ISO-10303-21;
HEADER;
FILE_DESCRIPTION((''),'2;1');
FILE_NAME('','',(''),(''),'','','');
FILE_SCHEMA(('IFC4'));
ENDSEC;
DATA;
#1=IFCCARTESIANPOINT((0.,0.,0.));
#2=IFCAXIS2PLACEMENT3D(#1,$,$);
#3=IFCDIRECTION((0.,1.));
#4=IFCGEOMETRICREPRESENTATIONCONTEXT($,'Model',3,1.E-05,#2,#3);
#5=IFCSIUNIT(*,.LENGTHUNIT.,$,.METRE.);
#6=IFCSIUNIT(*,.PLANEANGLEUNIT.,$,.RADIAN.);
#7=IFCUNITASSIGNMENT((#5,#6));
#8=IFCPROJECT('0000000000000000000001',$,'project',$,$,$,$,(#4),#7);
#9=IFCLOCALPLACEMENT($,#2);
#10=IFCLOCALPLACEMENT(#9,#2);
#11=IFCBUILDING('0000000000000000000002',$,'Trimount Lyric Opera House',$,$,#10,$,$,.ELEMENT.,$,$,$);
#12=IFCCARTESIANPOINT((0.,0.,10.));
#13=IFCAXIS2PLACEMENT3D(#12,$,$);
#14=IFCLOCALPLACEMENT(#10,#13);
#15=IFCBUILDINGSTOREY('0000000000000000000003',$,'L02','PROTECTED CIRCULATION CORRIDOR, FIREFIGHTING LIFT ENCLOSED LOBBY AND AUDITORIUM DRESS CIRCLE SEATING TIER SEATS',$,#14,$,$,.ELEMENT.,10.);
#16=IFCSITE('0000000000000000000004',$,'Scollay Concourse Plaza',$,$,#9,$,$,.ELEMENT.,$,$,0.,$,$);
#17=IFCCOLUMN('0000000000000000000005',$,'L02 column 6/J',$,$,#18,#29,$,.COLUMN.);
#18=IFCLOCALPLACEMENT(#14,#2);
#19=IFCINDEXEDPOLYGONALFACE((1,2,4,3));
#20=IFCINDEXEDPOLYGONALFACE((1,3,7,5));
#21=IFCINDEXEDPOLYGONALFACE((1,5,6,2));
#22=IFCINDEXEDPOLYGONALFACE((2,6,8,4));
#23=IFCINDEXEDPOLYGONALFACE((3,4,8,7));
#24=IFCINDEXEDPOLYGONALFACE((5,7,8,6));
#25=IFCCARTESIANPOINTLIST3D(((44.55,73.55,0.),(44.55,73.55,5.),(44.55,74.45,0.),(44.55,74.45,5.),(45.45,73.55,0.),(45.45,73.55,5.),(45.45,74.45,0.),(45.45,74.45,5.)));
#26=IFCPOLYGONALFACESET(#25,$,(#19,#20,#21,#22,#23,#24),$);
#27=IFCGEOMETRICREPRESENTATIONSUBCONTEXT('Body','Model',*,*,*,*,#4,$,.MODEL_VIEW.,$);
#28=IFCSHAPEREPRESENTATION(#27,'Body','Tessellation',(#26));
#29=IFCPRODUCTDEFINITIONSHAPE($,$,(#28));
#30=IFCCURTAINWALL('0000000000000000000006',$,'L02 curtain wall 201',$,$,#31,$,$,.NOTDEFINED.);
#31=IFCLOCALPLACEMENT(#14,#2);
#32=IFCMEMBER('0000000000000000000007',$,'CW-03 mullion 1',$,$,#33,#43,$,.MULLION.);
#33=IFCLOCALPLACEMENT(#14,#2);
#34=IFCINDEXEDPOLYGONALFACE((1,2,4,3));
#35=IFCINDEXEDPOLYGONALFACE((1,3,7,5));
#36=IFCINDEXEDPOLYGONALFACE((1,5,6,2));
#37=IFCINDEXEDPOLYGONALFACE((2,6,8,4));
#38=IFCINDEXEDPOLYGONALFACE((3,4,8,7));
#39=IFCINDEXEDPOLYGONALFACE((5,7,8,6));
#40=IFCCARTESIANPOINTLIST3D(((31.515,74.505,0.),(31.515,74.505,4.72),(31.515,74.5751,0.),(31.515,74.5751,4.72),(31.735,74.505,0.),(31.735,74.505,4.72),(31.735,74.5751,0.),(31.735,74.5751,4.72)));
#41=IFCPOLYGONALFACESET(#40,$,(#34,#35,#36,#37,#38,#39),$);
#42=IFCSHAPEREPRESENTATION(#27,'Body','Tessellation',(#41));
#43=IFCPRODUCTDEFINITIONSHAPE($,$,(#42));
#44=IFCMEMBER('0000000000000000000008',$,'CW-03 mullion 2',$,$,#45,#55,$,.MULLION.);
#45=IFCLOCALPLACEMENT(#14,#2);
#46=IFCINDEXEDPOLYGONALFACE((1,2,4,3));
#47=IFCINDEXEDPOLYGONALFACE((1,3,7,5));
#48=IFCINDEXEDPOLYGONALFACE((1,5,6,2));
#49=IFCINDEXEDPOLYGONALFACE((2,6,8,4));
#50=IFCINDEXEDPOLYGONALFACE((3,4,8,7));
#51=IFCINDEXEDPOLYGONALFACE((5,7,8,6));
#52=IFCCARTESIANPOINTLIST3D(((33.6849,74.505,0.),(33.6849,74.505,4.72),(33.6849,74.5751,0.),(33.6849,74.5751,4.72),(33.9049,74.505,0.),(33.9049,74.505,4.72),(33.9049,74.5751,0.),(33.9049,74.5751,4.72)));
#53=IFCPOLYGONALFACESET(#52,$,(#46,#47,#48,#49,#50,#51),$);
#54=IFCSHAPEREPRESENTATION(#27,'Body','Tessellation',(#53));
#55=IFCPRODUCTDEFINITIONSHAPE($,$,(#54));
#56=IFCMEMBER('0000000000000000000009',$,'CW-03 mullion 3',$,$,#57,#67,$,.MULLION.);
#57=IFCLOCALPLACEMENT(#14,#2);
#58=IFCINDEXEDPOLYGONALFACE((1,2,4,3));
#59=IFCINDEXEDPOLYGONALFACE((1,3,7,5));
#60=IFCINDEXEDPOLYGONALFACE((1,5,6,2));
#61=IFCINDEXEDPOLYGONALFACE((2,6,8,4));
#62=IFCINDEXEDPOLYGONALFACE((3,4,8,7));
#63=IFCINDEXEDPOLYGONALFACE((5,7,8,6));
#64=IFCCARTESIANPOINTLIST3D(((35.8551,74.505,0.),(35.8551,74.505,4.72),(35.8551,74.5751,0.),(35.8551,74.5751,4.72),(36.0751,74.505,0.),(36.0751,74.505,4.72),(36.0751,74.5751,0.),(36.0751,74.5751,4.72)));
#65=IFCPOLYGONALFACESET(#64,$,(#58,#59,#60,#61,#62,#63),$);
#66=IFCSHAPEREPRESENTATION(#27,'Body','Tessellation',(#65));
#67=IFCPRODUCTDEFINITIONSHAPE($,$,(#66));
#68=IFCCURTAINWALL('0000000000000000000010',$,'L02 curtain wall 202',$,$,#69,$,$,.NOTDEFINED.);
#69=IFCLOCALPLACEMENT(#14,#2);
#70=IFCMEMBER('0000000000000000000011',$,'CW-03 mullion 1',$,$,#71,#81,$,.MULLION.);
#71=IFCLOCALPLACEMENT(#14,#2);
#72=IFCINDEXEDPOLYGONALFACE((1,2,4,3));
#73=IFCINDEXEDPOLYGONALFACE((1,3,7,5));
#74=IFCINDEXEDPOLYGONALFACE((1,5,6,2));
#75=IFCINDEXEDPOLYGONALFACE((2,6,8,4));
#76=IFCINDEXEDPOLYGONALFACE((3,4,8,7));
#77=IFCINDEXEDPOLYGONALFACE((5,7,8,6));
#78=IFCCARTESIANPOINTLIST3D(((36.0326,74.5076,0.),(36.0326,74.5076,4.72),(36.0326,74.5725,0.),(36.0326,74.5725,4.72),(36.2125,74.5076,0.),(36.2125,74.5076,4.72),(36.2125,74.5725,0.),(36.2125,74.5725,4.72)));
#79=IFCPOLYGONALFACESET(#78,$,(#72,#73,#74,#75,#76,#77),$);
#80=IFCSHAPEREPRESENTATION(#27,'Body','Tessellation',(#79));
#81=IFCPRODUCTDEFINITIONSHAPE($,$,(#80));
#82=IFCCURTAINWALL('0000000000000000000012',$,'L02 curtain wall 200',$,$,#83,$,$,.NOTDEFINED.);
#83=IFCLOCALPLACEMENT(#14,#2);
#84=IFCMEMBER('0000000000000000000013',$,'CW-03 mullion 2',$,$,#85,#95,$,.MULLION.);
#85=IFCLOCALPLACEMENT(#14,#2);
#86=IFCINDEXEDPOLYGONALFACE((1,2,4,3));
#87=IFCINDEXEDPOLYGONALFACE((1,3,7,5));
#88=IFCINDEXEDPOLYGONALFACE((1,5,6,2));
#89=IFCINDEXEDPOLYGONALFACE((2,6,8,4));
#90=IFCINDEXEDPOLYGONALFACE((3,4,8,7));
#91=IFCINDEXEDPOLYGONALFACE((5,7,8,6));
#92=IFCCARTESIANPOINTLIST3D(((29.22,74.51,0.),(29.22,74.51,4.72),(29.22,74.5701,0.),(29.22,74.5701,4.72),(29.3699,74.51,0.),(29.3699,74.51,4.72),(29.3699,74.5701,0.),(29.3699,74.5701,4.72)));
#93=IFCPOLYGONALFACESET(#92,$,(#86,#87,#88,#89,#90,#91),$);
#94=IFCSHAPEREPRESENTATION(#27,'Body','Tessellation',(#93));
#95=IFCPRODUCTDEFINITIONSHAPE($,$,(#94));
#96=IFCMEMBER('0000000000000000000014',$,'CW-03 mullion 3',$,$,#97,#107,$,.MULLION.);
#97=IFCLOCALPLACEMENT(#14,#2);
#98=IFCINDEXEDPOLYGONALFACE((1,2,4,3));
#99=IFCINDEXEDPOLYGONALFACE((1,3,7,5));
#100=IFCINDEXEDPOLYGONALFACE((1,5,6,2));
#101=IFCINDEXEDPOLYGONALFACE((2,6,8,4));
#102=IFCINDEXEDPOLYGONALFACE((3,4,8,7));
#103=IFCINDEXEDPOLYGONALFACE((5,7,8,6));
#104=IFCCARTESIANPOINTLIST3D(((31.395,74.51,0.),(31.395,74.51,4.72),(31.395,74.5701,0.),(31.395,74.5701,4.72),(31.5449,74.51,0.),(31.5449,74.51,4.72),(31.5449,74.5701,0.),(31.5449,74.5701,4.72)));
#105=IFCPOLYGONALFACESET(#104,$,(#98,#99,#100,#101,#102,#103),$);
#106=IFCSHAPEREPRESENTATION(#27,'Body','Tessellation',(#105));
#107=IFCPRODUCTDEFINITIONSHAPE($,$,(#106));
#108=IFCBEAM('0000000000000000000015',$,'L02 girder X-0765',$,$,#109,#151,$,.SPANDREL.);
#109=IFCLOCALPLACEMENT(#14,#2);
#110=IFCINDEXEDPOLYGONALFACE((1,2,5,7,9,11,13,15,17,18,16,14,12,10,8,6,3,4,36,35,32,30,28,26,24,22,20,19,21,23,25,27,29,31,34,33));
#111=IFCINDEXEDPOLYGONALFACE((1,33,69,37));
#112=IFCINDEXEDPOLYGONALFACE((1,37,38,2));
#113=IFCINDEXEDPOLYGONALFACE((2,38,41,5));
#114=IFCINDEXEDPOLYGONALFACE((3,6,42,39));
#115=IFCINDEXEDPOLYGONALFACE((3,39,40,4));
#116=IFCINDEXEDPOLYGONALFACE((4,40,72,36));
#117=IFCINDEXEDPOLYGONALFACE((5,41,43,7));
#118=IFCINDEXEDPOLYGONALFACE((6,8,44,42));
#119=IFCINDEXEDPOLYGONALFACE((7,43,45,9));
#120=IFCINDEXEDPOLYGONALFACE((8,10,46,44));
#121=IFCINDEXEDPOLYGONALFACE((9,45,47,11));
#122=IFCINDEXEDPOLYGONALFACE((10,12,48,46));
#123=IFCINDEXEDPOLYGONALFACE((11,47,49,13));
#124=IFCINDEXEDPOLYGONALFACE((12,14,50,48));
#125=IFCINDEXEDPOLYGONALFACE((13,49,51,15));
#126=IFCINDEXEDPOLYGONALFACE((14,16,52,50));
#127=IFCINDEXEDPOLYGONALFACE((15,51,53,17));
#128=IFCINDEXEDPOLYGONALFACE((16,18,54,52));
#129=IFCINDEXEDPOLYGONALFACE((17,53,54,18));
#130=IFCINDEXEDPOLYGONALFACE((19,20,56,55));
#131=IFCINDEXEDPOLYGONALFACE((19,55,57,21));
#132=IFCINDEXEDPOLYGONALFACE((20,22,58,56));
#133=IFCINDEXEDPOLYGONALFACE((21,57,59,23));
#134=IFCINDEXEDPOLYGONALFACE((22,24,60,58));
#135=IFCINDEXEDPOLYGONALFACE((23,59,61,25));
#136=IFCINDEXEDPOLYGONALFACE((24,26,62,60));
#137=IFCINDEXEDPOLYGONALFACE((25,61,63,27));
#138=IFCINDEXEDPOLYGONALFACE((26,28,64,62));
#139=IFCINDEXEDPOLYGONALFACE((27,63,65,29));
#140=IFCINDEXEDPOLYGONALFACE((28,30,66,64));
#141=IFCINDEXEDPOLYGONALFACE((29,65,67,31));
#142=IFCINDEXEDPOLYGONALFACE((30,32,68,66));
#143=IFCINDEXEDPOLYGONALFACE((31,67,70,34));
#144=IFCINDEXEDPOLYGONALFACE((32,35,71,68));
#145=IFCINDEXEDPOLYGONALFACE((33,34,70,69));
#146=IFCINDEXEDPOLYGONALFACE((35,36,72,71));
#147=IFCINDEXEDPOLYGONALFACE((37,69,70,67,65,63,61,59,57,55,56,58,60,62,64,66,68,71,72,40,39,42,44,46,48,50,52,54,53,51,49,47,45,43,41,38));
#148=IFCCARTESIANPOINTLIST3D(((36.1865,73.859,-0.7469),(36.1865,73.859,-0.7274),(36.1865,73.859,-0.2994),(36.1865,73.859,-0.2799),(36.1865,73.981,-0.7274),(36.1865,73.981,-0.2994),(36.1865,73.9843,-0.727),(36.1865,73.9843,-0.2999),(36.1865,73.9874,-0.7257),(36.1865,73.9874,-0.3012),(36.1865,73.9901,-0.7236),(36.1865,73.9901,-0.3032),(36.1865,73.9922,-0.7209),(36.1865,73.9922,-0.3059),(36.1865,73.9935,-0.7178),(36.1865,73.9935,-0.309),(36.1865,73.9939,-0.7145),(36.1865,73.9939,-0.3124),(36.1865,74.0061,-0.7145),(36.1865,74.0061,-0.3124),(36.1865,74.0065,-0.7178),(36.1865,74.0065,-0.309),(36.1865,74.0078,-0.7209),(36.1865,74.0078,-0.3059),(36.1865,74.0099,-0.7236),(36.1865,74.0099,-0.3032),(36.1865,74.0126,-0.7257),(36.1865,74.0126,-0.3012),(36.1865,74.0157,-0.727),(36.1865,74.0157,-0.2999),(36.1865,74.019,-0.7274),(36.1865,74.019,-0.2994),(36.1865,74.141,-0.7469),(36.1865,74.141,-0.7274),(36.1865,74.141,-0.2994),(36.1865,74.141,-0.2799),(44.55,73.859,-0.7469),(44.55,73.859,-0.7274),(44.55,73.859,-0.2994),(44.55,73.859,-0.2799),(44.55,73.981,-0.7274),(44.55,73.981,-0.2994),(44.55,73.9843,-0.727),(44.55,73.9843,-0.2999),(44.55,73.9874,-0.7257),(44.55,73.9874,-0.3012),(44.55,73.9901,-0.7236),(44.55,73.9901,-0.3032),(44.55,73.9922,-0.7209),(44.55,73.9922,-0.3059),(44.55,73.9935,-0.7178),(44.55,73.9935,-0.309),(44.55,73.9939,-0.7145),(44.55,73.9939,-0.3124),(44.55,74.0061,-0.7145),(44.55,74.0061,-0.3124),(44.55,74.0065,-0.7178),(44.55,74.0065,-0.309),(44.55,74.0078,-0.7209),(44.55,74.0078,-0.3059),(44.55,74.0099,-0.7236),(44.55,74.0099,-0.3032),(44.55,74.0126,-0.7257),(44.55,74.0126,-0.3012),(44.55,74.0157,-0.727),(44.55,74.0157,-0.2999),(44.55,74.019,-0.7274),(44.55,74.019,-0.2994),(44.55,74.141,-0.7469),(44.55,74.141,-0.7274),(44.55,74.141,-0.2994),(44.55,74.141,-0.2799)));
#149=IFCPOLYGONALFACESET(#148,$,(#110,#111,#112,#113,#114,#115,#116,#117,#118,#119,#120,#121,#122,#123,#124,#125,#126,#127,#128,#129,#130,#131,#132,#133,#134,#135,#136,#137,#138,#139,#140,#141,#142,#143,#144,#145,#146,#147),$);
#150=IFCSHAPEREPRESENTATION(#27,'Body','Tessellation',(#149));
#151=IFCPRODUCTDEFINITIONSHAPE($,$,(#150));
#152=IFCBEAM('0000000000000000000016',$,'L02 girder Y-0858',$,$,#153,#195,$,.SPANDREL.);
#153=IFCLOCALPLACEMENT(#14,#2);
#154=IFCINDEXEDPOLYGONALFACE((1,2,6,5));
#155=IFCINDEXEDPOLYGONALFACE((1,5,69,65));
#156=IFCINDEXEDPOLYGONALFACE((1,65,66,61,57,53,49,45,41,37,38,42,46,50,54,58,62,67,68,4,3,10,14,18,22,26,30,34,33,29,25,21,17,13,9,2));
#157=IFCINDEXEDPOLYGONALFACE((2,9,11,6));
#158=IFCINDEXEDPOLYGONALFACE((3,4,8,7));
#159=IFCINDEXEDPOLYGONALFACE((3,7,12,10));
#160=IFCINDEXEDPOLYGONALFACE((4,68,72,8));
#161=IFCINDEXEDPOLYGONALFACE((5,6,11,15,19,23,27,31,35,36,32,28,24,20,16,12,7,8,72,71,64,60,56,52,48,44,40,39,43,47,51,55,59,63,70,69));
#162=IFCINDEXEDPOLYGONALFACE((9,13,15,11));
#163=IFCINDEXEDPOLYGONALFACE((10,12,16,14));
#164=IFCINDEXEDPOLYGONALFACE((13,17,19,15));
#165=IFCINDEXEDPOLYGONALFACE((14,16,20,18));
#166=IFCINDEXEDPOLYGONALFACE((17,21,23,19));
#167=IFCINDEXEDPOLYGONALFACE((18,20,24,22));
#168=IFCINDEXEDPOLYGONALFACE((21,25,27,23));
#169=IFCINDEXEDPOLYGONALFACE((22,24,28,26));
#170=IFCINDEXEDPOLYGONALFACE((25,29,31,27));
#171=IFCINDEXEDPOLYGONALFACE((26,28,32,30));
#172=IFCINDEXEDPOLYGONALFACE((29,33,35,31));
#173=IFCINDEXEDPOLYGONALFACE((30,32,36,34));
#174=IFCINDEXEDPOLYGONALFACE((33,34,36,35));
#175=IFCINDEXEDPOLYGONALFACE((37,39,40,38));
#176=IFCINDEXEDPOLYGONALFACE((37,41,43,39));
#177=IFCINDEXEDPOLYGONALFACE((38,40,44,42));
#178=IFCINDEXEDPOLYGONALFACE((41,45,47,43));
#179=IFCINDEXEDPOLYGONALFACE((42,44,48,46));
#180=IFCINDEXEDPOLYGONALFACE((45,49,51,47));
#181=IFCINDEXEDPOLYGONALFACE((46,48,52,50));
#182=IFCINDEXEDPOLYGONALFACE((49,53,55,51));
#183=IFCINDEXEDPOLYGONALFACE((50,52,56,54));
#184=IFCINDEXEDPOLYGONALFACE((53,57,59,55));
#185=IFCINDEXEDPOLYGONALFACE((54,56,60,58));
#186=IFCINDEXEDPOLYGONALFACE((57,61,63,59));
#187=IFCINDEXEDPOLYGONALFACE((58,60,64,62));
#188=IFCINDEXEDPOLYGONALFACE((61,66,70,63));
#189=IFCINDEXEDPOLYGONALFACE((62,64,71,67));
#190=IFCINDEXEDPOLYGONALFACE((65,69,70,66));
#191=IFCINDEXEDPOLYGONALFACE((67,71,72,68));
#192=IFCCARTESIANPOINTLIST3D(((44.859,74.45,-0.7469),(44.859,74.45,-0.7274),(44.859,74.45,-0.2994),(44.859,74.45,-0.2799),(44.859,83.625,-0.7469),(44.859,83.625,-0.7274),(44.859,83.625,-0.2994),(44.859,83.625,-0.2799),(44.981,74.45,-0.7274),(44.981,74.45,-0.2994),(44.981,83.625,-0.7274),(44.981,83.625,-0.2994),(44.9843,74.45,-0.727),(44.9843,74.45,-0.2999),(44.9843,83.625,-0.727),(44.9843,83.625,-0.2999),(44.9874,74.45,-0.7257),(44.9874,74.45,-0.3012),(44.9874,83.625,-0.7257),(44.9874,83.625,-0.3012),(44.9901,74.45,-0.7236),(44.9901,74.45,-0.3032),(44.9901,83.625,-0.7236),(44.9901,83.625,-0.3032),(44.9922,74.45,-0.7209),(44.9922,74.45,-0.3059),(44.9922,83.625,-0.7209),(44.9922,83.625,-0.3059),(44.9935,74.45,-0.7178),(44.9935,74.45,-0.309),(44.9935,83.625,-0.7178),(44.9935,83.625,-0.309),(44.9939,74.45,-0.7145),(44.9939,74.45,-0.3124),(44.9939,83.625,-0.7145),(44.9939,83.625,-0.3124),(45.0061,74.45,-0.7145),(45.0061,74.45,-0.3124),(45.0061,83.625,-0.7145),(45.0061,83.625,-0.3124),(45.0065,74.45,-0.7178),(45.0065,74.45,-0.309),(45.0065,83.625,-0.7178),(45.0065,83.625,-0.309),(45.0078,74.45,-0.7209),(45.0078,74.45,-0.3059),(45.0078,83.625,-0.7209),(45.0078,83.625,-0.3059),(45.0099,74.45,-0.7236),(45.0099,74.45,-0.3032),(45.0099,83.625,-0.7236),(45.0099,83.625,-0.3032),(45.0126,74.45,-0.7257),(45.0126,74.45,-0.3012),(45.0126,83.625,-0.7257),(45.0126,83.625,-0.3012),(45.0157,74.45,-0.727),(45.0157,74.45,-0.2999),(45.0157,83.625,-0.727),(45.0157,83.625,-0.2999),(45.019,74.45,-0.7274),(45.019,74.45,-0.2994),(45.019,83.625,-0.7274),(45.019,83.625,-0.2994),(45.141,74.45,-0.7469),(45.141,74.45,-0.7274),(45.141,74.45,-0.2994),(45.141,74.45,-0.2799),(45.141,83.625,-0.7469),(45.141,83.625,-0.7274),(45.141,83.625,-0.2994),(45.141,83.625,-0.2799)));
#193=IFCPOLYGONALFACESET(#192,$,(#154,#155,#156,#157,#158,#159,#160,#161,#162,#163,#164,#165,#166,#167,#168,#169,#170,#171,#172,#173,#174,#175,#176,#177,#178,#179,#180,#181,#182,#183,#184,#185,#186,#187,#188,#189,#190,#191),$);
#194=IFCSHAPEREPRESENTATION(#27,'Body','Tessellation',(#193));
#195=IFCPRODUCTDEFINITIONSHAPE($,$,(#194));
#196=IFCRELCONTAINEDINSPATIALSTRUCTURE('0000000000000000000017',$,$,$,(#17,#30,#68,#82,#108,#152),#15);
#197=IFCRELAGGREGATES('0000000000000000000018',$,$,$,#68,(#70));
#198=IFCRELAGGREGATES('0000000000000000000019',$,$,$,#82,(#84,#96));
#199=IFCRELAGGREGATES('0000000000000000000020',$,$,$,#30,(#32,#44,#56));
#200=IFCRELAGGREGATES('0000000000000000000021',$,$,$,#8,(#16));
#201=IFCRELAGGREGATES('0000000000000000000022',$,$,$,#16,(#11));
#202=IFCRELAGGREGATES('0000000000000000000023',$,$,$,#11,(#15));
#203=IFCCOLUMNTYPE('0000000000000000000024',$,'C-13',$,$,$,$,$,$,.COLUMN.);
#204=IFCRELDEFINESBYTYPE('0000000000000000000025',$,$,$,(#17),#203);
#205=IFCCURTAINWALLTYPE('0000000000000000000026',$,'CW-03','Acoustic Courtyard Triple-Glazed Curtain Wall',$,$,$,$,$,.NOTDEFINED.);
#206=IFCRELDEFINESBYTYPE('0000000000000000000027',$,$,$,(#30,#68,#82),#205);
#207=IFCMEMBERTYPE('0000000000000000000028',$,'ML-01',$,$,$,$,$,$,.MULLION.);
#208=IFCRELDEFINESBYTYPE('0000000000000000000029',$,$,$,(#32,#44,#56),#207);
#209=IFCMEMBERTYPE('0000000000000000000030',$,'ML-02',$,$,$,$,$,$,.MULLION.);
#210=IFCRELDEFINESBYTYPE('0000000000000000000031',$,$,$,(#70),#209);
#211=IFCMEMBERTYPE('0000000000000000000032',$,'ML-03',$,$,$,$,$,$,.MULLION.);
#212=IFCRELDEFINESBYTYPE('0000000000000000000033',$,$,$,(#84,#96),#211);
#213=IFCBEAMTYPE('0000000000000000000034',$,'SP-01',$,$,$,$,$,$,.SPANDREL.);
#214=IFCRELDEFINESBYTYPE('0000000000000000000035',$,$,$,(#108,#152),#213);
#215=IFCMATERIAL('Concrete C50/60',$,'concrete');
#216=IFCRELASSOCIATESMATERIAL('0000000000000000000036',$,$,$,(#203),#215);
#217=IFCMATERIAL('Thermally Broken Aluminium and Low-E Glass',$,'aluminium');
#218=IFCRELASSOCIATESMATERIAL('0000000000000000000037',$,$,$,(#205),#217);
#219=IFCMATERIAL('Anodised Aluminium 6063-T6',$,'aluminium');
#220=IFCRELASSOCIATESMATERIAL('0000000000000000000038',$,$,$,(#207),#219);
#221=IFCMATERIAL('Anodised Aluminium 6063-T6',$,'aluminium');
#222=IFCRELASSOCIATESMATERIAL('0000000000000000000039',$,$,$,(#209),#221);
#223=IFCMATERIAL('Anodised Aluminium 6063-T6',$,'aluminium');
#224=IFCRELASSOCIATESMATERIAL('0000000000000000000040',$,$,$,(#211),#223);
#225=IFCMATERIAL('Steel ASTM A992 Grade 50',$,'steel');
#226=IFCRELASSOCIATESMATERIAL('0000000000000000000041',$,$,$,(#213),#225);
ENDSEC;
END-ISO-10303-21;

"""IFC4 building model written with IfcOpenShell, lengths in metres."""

from ifc_helpers import new_model, si_unit, direction, frame, origin, origin_2d, place, context, subcontext, project, spatial, rectangle, i_section, extrude, material, material_profile, profile_set, type_object, element, aggregate, save


model = new_model("IFC4")

# Units and contexts
model_context = context("Model", 3, precision=1e-05, world=origin(), true_north=direction((0.0, 1.0)))
body_context = subcontext(model_context, "Body", "Model", "MODEL_VIEW")
ifc_project = project(units=[si_unit("LENGTHUNIT", "METRE"), si_unit("PLANEANGLEUNIT", "RADIAN")], contexts=[model_context])

# Site, building, storey
site_placement = place(None, origin())
site = spatial("IfcSite", under=ifc_project, at=site_placement, Name="Scollay Concourse Plaza", CompositionType="ELEMENT", RefElevation=0.0)
building_placement = place(site_placement, origin())
building = spatial("IfcBuilding", under=site, at=building_placement, Name="Trimount Lyric Opera House", CompositionType="ELEMENT")
storey_placement = place(building_placement, frame((0.0, 0.0, 10.0)))
storey = spatial("IfcBuildingStorey", under=building, at=storey_placement, Name="L02", Description="PROTECTED CIRCULATION CORRIDOR, FIREFIGHTING LIFT ENCLOSED LOBBY AND AUDITORIUM DRESS CIRCLE SEATING TIER SEATS", CompositionType="ELEMENT", Elevation=10.0)

# Column
ifc_material_1 = material(Name="Concrete C50/60", Category="concrete")
ifc_material_profile_1 = material_profile(ifc_material_1, rectangle(XDim=0.8999, YDim=0.8999, at=origin_2d()), Name="RC900X900")
ifc_profile_set_1 = profile_set([ifc_material_profile_1], Name="Concrete C50/60")
column_type = type_object("IfcColumnType", Name="C-13", PredefinedType="COLUMN", material=ifc_profile_set_1)
column_placement = place(storey_placement, frame((45.0, 74.0, 0.0), z_axis=(0.0, 0.0, 1.0), x_axis=(1.0, 0.0, 0.0)))
element("IfcColumn", 1, at=column_placement, inside=storey, type_object=column_type, Name="L02 column 6/J", PredefinedType="COLUMN", context=body_context, shape_type="SweptSolid", body=[
    extrude(rectangle(XDim=0.8999, YDim=0.8999, at=origin_2d()), origin(), (0.0, 0.0, 1.0), 5.0),
])

# Curtain wall, members
ifc_material_2 = material(Name="Thermally Broken Aluminium and Low-E Glass", Category="aluminium")
curtain_wall_type = type_object("IfcCurtainWallType", Name="CW-03", Description="Acoustic Courtyard Triple-Glazed Curtain Wall", PredefinedType="NOTDEFINED", material=ifc_material_2)
curtain_wall_1_placement = place(storey_placement, origin())
curtain_wall_1 = element("IfcCurtainWall", 2, at=curtain_wall_1_placement, inside=storey, type_object=curtain_wall_type, Name="L02 curtain wall 201", PredefinedType="NOTDEFINED")
ifc_material_3 = material(Name="Anodised Aluminium 6063-T6", Category="aluminium")
ifc_material_profile_2 = material_profile(ifc_material_3, rectangle(XDim=0.0701, YDim=0.22, at=origin_2d()), Name="ALU-MULL-70X220")
ifc_profile_set_2 = profile_set([ifc_material_profile_2], Name="Anodised Aluminium 6063-T6")
member_type_1 = type_object("IfcMemberType", Name="ML-01", PredefinedType="MULLION", material=ifc_profile_set_2)
member_1_placement = place(storey_placement, frame((31.625, 74.54, 0.0), z_axis=(0.0, 0.0, 1.0), x_axis=(0.0, 1.0, 0.0)))
member_1 = element("IfcMember", 3, at=member_1_placement, type_object=member_type_1, Name="CW-03 mullion 1", PredefinedType="MULLION", context=body_context, shape_type="SweptSolid", body=[
    extrude(rectangle(XDim=0.0701, YDim=0.22, at=origin_2d()), origin(), (0.0, 0.0, 1.0), 4.72),
])
member_2_placement = place(storey_placement, frame((33.7949, 74.54, 0.0), z_axis=(0.0, 0.0, 1.0), x_axis=(0.0, 1.0, 0.0)))
member_2 = element("IfcMember", 4, at=member_2_placement, type_object=member_type_1, Name="CW-03 mullion 2", PredefinedType="MULLION", context=body_context, shape_type="SweptSolid", body=[
    extrude(rectangle(XDim=0.0701, YDim=0.22, at=origin_2d()), origin(), (0.0, 0.0, 1.0), 4.72),
])
member_3_placement = place(storey_placement, frame((35.9651, 74.54, 0.0), z_axis=(0.0, 0.0, 1.0), x_axis=(0.0, 1.0, 0.0)))
member_3 = element("IfcMember", 5, at=member_3_placement, type_object=member_type_1, Name="CW-03 mullion 3", PredefinedType="MULLION", context=body_context, shape_type="SweptSolid", body=[
    extrude(rectangle(XDim=0.0701, YDim=0.22, at=origin_2d()), origin(), (0.0, 0.0, 1.0), 4.72),
])

# Curtain wall, member
curtain_wall_2_placement = place(storey_placement, origin())
curtain_wall_2 = element("IfcCurtainWall", 6, at=curtain_wall_2_placement, inside=storey, type_object=curtain_wall_type, Name="L02 curtain wall 202", PredefinedType="NOTDEFINED")
ifc_material_4 = material(Name="Anodised Aluminium 6063-T6", Category="aluminium")
ifc_material_profile_3 = material_profile(ifc_material_4, rectangle(XDim=0.0649, YDim=0.1799, at=origin_2d()), Name="ALU-MULL-65X180")
ifc_profile_set_3 = profile_set([ifc_material_profile_3], Name="Anodised Aluminium 6063-T6")
member_type_2 = type_object("IfcMemberType", Name="ML-02", PredefinedType="MULLION", material=ifc_profile_set_3)
member_4_placement = place(storey_placement, frame((36.1226, 74.54, 0.0), z_axis=(0.0, 0.0, 1.0), x_axis=(0.0, 1.0, 0.0)))
member_4 = element("IfcMember", 7, at=member_4_placement, type_object=member_type_2, Name="CW-03 mullion 1", PredefinedType="MULLION", context=body_context, shape_type="SweptSolid", body=[
    extrude(rectangle(XDim=0.0649, YDim=0.1799, at=origin_2d()), origin(), (0.0, 0.0, 1.0), 4.72),
])

# Curtain wall, members
curtain_wall_3_placement = place(storey_placement, origin())
curtain_wall_3 = element("IfcCurtainWall", 8, at=curtain_wall_3_placement, inside=storey, type_object=curtain_wall_type, Name="L02 curtain wall 200", PredefinedType="NOTDEFINED")
ifc_material_5 = material(Name="Anodised Aluminium 6063-T6", Category="aluminium")
ifc_material_profile_4 = material_profile(ifc_material_5, rectangle(XDim=0.0601, YDim=0.1499, at=origin_2d()), Name="ALU-MULL-60X150")
ifc_profile_set_4 = profile_set([ifc_material_profile_4], Name="Anodised Aluminium 6063-T6")
member_type_3 = type_object("IfcMemberType", Name="ML-03", PredefinedType="MULLION", material=ifc_profile_set_4)
member_5_placement = place(storey_placement, frame((29.2949, 74.54, 0.0), z_axis=(0.0, 0.0, 1.0), x_axis=(0.0, 1.0, 0.0)))
member_5 = element("IfcMember", 9, at=member_5_placement, type_object=member_type_3, Name="CW-03 mullion 2", PredefinedType="MULLION", context=body_context, shape_type="SweptSolid", body=[
    extrude(rectangle(XDim=0.0601, YDim=0.1499, at=origin_2d()), origin(), (0.0, 0.0, 1.0), 4.72),
])
member_6_placement = place(storey_placement, frame((31.47, 74.54, 0.0), z_axis=(0.0, 0.0, 1.0), x_axis=(0.0, 1.0, 0.0)))
member_6 = element("IfcMember", 10, at=member_6_placement, type_object=member_type_3, Name="CW-03 mullion 3", PredefinedType="MULLION", context=body_context, shape_type="SweptSolid", body=[
    extrude(rectangle(XDim=0.0601, YDim=0.1499, at=origin_2d()), origin(), (0.0, 0.0, 1.0), 4.72),
])

# Beams
ifc_material_6 = material(Name="Steel ASTM A992 Grade 50", Category="steel")
ifc_material_profile_5 = material_profile(ifc_material_6, i_section(OverallWidth=0.282, OverallDepth=0.467, WebThickness=0.0122, FlangeThickness=0.0195, FilletRadius=0.0129, at=origin_2d()), Name="W18X86")
ifc_profile_set_5 = profile_set([ifc_material_profile_5], Name="Steel ASTM A992 Grade 50")
beam_type = type_object("IfcBeamType", Name="SP-01", PredefinedType="SPANDREL", material=ifc_profile_set_5)
beam_1_placement = place(storey_placement, frame((36.1865, 74.0, -0.5134), z_axis=(1.0, 0.0, 0.0), x_axis=(0.0, 1.0, 0.0)))
element("IfcBeam", 11, at=beam_1_placement, inside=storey, type_object=beam_type, Name="L02 girder X-0765", PredefinedType="SPANDREL", context=body_context, shape_type="SweptSolid", body=[
    extrude(i_section(OverallWidth=0.282, OverallDepth=0.467, WebThickness=0.0122, FlangeThickness=0.0195, FilletRadius=0.0129, at=origin_2d()), origin(), (0.0, 0.0, 1.0), 8.3635),
])
beam_2_placement = place(storey_placement, frame((45.0, 74.45, -0.5134), z_axis=(0.0, 1.0, 0.0), x_axis=(-1.0, 0.0, 0.0)))
element("IfcBeam", 12, at=beam_2_placement, inside=storey, type_object=beam_type, Name="L02 girder Y-0858", PredefinedType="SPANDREL", context=body_context, shape_type="SweptSolid", body=[
    extrude(i_section(OverallWidth=0.282, OverallDepth=0.467, WebThickness=0.0122, FlangeThickness=0.0195, FilletRadius=0.0129, at=origin_2d()), origin(), (0.0, 0.0, 1.0), 9.175),
])

aggregate(curtain_wall_2, [member_4])
aggregate(curtain_wall_3, [member_5, member_6])
aggregate(curtain_wall_1, [member_1, member_2, member_3])

save(model, "model.ifc")
